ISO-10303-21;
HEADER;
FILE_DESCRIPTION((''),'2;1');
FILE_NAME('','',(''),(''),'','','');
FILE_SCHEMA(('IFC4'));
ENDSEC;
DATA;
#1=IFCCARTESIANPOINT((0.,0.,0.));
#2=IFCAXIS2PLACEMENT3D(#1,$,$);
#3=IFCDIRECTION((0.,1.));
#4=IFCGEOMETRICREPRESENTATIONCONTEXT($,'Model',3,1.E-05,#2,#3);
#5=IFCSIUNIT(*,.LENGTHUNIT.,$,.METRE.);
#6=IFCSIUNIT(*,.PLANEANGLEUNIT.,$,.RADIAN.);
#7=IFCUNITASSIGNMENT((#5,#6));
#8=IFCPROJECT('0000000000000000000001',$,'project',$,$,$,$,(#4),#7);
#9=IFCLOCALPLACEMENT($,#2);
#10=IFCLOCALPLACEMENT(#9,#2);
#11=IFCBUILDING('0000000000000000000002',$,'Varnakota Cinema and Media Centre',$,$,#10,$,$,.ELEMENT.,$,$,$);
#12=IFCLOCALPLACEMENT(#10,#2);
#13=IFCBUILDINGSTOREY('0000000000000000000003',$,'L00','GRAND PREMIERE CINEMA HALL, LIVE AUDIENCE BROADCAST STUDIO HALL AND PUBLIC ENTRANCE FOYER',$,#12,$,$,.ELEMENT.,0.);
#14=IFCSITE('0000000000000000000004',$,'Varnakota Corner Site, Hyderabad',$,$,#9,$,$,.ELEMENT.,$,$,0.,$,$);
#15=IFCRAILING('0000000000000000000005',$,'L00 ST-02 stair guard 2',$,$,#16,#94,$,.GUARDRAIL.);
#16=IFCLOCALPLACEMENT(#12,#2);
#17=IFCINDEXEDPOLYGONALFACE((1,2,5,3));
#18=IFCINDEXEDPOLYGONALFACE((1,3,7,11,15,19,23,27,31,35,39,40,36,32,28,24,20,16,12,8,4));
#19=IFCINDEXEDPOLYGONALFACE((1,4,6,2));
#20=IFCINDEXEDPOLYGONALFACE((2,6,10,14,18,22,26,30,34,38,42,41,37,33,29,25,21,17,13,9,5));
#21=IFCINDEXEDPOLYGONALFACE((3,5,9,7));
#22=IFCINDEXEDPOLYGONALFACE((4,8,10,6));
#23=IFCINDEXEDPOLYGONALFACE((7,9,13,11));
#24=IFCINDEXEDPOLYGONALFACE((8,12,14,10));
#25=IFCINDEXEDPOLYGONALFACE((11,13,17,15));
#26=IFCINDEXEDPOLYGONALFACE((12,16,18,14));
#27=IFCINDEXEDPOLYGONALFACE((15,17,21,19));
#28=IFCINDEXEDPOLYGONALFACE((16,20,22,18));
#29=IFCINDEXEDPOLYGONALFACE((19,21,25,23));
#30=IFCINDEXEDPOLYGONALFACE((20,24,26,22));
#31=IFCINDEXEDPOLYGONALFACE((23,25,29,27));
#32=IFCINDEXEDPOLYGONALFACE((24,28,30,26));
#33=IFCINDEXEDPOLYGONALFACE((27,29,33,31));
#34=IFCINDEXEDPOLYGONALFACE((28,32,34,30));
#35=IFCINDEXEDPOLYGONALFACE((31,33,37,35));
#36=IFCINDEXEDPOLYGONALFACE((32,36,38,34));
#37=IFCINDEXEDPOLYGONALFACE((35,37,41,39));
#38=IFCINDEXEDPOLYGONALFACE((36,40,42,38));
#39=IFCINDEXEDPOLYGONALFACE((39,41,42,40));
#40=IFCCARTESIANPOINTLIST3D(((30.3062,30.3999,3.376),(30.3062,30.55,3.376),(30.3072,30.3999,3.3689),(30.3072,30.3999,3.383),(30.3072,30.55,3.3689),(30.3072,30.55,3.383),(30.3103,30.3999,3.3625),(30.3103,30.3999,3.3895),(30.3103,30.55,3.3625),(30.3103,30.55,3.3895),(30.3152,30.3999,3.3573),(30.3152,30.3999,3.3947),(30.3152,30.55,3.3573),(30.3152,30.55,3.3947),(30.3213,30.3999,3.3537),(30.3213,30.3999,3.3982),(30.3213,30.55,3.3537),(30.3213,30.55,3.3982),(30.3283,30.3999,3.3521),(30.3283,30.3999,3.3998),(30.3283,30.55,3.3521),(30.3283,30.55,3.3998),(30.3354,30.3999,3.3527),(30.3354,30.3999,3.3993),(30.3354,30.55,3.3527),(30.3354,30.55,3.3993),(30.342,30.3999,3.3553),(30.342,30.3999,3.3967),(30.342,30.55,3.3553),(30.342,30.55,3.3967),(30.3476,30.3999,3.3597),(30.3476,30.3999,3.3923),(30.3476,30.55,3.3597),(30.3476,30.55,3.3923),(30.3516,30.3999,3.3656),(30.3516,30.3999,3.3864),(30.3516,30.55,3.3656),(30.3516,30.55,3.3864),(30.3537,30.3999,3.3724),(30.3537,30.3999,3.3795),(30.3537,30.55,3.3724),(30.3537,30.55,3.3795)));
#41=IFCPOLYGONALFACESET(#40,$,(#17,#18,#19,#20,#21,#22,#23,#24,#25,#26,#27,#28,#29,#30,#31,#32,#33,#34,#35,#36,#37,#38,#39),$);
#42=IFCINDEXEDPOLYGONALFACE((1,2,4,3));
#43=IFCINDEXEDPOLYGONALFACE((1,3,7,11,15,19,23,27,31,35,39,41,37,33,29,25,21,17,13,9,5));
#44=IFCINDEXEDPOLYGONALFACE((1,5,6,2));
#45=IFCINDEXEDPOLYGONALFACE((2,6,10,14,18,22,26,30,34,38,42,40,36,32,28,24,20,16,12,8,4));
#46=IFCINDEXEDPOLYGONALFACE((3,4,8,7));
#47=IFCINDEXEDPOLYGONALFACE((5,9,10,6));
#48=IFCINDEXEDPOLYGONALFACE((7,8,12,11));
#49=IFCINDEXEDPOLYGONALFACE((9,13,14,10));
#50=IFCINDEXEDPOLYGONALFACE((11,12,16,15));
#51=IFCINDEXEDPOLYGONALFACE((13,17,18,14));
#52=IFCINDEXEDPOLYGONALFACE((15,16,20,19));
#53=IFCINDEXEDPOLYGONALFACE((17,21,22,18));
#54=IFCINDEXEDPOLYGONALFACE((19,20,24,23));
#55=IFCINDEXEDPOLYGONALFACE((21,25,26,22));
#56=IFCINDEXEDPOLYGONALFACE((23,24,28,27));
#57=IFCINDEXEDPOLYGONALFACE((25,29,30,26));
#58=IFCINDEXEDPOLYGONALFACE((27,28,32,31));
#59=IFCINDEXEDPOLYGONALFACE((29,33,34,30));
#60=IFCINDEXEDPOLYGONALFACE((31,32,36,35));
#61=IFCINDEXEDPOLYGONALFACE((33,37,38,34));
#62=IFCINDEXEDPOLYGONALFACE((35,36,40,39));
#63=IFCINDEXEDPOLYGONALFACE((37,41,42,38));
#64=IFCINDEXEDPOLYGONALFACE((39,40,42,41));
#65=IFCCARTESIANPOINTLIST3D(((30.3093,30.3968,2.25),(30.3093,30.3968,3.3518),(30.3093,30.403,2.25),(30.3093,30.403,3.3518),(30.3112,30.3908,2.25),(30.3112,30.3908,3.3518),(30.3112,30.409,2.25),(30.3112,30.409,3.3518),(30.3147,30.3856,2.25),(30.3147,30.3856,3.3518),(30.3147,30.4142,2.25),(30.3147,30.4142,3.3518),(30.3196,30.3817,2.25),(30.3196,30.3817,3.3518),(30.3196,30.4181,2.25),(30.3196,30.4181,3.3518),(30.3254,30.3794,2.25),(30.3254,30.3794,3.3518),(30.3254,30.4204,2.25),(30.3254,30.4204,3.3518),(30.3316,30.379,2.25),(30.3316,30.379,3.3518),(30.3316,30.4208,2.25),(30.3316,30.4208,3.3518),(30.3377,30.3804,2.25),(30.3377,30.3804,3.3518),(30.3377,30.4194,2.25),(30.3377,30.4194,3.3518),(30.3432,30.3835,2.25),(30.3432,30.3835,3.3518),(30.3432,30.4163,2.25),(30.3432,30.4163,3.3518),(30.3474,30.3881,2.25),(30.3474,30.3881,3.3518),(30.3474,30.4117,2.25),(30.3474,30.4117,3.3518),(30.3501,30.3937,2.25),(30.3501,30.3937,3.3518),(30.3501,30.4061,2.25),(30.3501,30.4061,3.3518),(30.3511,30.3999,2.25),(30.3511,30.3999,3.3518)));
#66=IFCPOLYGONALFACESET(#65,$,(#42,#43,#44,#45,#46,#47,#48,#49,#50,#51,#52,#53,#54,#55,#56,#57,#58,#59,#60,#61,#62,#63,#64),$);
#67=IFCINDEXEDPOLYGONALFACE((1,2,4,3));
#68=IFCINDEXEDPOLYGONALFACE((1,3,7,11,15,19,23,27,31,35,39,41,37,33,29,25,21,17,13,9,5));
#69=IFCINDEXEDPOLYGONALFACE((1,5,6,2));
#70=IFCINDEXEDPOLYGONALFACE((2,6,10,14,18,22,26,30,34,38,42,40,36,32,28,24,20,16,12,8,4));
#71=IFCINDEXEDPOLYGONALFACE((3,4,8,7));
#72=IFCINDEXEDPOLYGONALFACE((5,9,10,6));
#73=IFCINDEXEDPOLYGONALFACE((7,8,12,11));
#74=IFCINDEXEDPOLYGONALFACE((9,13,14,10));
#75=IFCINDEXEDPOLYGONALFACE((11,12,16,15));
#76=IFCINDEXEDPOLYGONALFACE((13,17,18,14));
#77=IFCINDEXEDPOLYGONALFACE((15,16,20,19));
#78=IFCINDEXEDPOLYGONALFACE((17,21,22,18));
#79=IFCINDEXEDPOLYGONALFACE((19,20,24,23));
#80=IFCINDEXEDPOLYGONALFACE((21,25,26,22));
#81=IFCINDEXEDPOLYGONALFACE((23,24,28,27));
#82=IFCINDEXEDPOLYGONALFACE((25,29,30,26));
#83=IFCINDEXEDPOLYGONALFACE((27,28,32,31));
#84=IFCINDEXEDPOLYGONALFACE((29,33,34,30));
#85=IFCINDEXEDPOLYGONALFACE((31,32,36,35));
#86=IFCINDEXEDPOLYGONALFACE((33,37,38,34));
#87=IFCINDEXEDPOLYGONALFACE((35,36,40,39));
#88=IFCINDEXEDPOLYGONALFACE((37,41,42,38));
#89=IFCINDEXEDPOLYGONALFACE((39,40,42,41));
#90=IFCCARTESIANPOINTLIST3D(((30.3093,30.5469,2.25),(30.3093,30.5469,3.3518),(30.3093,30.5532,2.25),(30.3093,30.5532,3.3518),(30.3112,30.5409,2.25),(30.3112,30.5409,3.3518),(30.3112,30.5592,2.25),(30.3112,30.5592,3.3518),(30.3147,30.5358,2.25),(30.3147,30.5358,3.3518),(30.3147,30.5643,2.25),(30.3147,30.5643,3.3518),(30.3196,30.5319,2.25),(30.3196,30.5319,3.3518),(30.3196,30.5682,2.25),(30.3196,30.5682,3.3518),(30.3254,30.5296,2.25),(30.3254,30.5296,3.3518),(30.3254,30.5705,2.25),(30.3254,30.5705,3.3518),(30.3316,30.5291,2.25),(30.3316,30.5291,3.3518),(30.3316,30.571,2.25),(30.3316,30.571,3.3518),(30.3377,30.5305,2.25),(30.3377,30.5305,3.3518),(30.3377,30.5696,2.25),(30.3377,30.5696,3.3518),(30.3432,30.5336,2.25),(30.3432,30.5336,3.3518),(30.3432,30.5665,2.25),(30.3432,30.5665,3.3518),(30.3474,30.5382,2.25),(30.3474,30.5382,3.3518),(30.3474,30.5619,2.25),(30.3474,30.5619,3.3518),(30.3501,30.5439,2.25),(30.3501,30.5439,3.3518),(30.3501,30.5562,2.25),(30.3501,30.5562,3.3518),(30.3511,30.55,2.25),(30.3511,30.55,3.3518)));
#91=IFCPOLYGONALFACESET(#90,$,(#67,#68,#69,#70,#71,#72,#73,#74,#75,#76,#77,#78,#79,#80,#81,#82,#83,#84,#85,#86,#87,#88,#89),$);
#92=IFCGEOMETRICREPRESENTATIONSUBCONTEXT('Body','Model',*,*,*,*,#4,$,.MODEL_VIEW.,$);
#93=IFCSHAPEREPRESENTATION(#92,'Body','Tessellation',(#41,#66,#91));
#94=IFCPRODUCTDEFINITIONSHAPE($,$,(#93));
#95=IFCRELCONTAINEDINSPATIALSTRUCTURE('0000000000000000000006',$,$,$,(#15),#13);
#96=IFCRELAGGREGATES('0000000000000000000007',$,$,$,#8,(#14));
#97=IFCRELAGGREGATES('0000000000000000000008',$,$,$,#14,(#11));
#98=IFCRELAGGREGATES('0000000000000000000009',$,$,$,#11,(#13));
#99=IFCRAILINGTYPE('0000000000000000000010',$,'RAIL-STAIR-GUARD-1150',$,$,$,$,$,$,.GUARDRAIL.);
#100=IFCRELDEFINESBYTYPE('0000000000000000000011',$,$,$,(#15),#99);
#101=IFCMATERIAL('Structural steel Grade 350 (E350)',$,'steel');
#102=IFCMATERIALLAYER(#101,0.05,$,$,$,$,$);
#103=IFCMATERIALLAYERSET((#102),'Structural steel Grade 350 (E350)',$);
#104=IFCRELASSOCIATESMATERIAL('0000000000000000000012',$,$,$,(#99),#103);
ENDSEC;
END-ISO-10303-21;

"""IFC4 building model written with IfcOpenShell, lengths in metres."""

from ifc_helpers import new_model, si_unit, direction, frame, origin, origin_2d, place, context, subcontext, project, spatial, circle, extrude, material, layer, layer_set, type_object, element, save


model = new_model("IFC4")

# Units and contexts
model_context = context("Model", 3, precision=1e-05, world=origin(), true_north=direction((0.0, 1.0)))
body_context = subcontext(model_context, "Body", "Model", "MODEL_VIEW")
ifc_project = project(units=[si_unit("LENGTHUNIT", "METRE"), si_unit("PLANEANGLEUNIT", "RADIAN")], contexts=[model_context])

# Site, building, storey
site_placement = place(None, origin())
site = spatial("IfcSite", under=ifc_project, at=site_placement, Name="Varnakota Corner Site, Hyderabad", CompositionType="ELEMENT", RefElevation=0.0)
building_placement = place(site_placement, origin())
building = spatial("IfcBuilding", under=site, at=building_placement, Name="Varnakota Cinema and Media Centre", CompositionType="ELEMENT")
storey_placement = place(building_placement, origin())
storey = spatial("IfcBuildingStorey", under=building, at=storey_placement, Name="L00", Description="GRAND PREMIERE CINEMA HALL, LIVE AUDIENCE BROADCAST STUDIO HALL AND PUBLIC ENTRANCE FOYER", CompositionType="ELEMENT", Elevation=0.0)

# Railing
ifc_material_1 = material(Name="Structural steel Grade 350 (E350)", Category="steel")
ifc_layer_1 = layer(ifc_material_1, 0.05)
ifc_layer_set_1 = layer_set([ifc_layer_1], Name="Structural steel Grade 350 (E350)")
railing_type_1 = type_object("IfcRailingType", Name="RAIL-STAIR-GUARD-1150", PredefinedType="GUARDRAIL", material=ifc_layer_set_1)
railing_1_placement = place(storey_placement, frame((30.3301, 30.3999, 2.25)))
element("IfcRailing", 1, at=railing_1_placement, inside=storey, type_object=railing_type_1, Name="L00 ST-02 stair guard 2", PredefinedType="GUARDRAIL", context=body_context, shape_type="SweptSolid", body=[
    extrude(circle(Radius=0.0239, at=origin_2d()), frame((0.0, 0.0, 1.126), z_axis=(0.0, 1.0, 0.0), x_axis=(-1.0, 0.0, 0.0)), (0.0, 0.0, 1.0), 0.1501),
    extrude(circle(Radius=0.021, at=origin_2d()), origin(), (0.0, 0.0, 1.0), 1.1018),
    extrude(circle(Radius=0.021, at=origin_2d()), frame((0.0, 0.1501, 0.0)), (0.0, 0.0, 1.0), 1.1018),
])

save(model, "model.ifc")
